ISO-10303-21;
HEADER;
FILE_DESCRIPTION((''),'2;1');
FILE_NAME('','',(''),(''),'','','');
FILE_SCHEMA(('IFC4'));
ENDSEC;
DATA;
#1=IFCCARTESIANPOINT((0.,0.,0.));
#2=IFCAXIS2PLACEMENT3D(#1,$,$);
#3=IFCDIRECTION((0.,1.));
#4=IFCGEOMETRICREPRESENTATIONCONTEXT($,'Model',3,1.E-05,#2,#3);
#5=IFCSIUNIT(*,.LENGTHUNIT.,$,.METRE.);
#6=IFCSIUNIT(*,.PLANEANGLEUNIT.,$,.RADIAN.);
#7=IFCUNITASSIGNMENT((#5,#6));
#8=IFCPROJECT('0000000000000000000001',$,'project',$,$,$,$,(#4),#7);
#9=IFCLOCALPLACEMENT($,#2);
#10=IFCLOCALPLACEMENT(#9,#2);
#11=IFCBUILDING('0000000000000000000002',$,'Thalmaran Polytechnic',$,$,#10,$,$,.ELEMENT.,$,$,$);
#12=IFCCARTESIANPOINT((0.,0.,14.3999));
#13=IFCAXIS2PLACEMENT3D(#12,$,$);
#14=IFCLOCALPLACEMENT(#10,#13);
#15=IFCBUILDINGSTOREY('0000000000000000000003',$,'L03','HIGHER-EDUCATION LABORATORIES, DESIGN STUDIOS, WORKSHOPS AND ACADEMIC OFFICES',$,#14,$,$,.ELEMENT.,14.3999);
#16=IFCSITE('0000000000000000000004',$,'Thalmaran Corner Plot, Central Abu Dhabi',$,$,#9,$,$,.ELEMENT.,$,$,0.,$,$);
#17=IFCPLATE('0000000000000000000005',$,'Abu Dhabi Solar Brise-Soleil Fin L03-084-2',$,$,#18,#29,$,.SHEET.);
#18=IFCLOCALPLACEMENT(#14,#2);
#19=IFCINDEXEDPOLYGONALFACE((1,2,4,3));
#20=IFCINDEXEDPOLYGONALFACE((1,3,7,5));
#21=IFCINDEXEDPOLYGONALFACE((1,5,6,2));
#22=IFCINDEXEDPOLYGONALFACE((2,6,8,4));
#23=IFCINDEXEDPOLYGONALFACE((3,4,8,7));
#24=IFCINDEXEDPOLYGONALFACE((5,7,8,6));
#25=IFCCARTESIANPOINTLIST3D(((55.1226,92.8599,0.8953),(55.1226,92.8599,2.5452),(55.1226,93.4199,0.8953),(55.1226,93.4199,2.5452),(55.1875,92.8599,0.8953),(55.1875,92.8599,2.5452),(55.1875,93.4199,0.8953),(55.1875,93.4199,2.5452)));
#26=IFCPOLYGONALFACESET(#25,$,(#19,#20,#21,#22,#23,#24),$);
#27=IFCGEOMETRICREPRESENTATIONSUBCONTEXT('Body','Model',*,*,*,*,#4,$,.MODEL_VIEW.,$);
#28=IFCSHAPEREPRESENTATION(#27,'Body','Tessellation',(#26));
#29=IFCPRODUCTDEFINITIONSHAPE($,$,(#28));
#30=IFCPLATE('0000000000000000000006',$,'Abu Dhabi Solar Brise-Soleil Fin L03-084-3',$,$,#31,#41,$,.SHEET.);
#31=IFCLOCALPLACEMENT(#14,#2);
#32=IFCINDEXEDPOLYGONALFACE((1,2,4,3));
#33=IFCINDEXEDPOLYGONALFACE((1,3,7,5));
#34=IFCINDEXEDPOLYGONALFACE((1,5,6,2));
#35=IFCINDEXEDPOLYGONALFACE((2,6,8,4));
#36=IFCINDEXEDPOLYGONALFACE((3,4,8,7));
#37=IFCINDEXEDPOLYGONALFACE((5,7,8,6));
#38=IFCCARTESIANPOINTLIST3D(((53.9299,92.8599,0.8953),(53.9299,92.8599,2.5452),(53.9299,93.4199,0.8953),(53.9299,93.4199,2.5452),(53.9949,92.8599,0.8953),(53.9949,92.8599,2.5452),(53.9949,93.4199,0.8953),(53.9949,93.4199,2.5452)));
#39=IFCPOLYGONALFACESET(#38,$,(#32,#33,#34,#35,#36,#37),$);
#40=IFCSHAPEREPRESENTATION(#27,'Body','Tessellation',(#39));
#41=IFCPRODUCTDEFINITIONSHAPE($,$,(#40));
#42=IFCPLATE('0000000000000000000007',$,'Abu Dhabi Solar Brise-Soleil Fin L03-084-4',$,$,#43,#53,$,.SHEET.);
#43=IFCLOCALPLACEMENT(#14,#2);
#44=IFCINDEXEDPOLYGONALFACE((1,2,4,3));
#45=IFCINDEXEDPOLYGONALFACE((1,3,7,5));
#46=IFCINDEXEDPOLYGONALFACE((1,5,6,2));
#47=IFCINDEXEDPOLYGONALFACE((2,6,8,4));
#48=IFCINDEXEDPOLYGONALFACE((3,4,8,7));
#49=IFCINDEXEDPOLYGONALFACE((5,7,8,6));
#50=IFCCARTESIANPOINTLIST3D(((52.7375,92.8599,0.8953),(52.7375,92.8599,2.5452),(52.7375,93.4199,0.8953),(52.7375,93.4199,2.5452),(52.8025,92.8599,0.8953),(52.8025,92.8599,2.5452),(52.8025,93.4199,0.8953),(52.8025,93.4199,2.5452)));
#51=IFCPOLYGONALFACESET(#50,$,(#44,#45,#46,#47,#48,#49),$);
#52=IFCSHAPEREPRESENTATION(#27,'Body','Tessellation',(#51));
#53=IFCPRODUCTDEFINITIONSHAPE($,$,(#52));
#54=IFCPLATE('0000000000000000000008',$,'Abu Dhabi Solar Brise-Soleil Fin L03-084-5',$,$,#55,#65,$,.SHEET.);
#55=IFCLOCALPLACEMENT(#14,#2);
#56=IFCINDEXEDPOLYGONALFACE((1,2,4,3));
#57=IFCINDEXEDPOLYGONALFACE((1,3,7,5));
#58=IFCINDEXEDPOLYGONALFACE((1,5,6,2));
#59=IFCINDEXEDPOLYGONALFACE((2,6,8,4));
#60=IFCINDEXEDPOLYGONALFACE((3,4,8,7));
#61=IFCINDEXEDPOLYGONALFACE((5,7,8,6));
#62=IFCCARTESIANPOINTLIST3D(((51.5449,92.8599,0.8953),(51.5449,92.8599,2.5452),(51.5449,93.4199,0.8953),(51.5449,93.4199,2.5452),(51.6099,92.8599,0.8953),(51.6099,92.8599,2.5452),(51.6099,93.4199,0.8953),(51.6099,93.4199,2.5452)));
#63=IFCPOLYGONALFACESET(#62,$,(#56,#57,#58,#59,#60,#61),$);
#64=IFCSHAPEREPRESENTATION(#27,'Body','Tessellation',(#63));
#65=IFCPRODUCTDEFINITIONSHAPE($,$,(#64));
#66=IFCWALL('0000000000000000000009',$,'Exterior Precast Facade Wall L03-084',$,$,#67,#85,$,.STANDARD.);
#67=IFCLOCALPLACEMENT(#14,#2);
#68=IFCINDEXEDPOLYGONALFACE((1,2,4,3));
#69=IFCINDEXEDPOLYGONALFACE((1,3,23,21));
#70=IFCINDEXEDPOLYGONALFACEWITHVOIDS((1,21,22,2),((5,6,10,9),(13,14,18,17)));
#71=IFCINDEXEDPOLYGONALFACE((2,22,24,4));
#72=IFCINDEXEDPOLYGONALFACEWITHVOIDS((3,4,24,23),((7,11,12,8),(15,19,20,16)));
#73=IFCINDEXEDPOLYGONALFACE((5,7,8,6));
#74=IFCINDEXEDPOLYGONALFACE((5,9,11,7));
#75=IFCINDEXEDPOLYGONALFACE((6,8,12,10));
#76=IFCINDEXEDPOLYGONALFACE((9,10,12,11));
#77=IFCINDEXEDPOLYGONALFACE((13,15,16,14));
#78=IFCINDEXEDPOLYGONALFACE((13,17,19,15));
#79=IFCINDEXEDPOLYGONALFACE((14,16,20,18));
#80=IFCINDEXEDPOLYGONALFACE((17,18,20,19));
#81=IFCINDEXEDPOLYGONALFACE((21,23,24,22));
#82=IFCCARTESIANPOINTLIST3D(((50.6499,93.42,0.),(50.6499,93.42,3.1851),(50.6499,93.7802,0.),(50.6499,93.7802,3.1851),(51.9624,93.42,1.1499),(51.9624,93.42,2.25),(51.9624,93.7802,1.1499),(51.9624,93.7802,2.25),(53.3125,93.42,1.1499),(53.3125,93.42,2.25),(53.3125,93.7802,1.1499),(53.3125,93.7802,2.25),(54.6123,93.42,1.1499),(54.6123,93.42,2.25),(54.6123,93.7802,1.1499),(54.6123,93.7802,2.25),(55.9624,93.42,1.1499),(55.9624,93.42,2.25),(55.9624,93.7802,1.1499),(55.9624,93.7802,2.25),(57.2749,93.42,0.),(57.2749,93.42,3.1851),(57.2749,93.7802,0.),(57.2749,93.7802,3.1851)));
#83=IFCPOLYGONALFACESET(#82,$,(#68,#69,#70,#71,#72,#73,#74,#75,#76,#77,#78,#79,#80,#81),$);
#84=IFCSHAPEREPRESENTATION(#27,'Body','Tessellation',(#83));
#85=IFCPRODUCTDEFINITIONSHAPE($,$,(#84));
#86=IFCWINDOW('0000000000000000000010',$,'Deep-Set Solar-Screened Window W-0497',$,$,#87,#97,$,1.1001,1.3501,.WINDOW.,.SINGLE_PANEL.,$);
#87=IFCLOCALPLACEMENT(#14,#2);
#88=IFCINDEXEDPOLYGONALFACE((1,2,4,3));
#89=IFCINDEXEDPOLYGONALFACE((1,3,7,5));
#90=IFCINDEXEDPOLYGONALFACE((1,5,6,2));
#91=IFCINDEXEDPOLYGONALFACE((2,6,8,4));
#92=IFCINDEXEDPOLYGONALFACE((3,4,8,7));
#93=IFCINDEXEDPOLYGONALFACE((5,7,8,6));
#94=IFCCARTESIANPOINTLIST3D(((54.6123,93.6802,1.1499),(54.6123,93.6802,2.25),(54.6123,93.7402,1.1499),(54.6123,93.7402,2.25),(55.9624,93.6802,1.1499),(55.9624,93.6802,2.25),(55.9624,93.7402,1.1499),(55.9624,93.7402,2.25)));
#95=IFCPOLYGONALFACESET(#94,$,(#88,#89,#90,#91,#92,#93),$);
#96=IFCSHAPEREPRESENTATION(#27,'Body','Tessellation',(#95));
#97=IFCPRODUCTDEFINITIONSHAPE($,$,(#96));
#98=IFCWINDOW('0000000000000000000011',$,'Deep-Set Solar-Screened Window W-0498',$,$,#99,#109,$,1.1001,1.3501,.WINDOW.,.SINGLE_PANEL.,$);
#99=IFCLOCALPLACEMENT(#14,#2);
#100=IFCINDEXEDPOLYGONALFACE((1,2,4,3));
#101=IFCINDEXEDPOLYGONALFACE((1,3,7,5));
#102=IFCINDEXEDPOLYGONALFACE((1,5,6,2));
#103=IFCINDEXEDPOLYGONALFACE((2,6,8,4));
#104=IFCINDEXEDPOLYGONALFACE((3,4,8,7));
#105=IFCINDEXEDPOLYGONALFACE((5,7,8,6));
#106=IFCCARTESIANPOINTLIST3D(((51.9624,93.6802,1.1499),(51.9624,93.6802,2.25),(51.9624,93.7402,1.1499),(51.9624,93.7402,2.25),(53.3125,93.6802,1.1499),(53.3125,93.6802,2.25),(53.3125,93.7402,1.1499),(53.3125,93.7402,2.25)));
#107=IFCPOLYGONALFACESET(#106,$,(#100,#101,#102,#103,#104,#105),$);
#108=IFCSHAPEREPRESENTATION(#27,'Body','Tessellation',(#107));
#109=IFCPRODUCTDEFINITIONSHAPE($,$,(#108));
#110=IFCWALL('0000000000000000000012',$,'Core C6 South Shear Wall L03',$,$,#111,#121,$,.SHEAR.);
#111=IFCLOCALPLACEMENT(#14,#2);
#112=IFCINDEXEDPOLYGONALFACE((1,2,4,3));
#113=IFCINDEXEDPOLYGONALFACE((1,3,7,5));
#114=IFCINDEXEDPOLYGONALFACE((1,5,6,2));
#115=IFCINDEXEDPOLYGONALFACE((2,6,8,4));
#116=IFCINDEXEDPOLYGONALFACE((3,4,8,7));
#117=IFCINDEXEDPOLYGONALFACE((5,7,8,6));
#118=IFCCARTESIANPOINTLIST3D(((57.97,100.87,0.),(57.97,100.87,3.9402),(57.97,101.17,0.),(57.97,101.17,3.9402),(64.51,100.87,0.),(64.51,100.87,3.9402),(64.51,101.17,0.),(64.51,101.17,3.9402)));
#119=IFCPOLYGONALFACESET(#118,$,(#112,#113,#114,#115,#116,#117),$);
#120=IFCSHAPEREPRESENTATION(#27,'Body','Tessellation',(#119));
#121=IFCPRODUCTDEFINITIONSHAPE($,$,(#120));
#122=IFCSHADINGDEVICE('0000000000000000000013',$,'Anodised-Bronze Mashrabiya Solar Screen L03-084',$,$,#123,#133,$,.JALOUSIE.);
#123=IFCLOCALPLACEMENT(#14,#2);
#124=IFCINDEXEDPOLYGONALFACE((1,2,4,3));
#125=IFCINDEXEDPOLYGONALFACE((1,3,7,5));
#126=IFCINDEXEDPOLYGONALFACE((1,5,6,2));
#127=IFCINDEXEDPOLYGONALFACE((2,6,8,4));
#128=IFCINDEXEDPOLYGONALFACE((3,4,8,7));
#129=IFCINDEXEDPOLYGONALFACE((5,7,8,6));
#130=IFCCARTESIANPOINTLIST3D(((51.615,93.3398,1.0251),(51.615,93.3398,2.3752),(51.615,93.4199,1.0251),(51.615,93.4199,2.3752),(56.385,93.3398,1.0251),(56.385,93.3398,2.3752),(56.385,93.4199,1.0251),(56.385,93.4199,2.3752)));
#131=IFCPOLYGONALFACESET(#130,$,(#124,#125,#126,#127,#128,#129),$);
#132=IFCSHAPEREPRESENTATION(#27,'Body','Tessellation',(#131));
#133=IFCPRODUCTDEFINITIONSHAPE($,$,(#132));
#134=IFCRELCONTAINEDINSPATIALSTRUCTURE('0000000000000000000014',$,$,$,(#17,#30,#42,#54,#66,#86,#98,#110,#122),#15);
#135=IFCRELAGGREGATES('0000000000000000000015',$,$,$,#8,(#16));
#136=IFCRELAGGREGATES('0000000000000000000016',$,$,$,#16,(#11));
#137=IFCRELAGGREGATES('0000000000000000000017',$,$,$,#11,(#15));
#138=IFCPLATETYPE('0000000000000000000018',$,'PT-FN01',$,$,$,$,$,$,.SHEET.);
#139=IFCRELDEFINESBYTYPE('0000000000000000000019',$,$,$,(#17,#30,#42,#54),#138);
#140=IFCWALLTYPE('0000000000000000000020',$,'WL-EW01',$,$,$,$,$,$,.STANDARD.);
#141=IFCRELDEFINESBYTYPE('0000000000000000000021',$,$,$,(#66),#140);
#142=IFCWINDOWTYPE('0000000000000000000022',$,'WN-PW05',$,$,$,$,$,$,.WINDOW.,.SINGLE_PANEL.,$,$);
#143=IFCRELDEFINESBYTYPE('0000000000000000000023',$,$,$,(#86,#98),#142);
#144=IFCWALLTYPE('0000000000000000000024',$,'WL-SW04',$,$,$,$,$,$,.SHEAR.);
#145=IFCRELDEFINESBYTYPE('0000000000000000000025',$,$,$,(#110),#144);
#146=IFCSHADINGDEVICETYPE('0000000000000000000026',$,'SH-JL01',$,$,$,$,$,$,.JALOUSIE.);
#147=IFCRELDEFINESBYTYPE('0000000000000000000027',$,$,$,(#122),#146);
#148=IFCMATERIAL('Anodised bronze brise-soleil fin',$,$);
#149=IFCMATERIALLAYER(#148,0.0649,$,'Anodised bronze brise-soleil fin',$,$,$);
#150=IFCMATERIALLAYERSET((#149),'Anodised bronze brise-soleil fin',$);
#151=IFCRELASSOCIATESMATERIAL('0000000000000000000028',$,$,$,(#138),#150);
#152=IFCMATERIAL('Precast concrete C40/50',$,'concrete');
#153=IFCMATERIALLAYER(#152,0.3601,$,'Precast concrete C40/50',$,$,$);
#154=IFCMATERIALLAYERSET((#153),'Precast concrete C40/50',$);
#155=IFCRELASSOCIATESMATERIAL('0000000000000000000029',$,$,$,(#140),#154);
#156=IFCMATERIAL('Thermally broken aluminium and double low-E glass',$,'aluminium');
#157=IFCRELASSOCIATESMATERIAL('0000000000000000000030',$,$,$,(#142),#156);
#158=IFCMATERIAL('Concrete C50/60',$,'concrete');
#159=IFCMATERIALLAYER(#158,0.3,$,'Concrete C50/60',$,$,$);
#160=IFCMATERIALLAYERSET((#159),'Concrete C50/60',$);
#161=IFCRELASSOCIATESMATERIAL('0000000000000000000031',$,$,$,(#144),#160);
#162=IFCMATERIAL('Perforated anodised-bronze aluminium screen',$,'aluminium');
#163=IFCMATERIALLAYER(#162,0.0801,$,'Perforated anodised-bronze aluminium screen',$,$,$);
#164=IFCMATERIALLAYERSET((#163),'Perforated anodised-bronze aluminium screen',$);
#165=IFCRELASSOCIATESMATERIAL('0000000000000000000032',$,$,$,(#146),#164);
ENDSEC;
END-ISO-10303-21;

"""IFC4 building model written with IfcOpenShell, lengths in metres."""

from ifc_helpers import new_model, si_unit, direction, frame, frame_2d, origin, origin_2d, place, context, subcontext, project, spatial, rectangle, extrude, material, layer, layer_set, type_object, element, fill, save


model = new_model("IFC4")

# Units and contexts
model_context = context("Model", 3, precision=1e-05, world=origin(), true_north=direction((0.0, 1.0)))
body_context = subcontext(model_context, "Body", "Model", "MODEL_VIEW")
ifc_project = project(units=[si_unit("LENGTHUNIT", "METRE"), si_unit("PLANEANGLEUNIT", "RADIAN")], contexts=[model_context])

# Site, building, storey
site_placement = place(None, origin())
site = spatial("IfcSite", under=ifc_project, at=site_placement, Name="Thalmaran Corner Plot, Central Abu Dhabi", CompositionType="ELEMENT", RefElevation=0.0)
building_placement = place(site_placement, origin())
building = spatial("IfcBuilding", under=site, at=building_placement, Name="Thalmaran Polytechnic", CompositionType="ELEMENT")
storey_placement = place(building_placement, frame((0.0, 0.0, 14.3999)))
storey = spatial("IfcBuildingStorey", under=building, at=storey_placement, Name="L03", Description="HIGHER-EDUCATION LABORATORIES, DESIGN STUDIOS, WORKSHOPS AND ACADEMIC OFFICES", CompositionType="ELEMENT", Elevation=14.3999)

# Plates
ifc_material_1 = material(Name="Anodised bronze brise-soleil fin")
ifc_layer_1 = layer(ifc_material_1, 0.0649, Name="Anodised bronze brise-soleil fin")
ifc_layer_set_1 = layer_set([ifc_layer_1], Name="Anodised bronze brise-soleil fin")
plate_type_1 = type_object("IfcPlateType", Name="PT-FN01", PredefinedType="SHEET", material=ifc_layer_set_1)
for number, where, z_axis, x_axis, name in (
    (1, (55.155, 93.1399, 0.8953), (0.0, 0.0, 1.0), (-1.0, 0.0, 0.0), "Abu Dhabi Solar Brise-Soleil Fin L03-084-2"),
    (2, (53.9624, 93.1399, 0.8953), (0.0, 0.0, 1.0), (-1.0, 0.0, 0.0), "Abu Dhabi Solar Brise-Soleil Fin L03-084-3"),
    (3, (52.77, 93.1399, 0.8953), (0.0, 0.0, 1.0), (-1.0, 0.0, 0.0), "Abu Dhabi Solar Brise-Soleil Fin L03-084-4"),
    (4, (51.5774, 93.1399, 0.8953), (0.0, 0.0, 1.0), (-1.0, 0.0, 0.0), "Abu Dhabi Solar Brise-Soleil Fin L03-084-5"),
):
    element("IfcPlate", number, at=place(storey_placement, frame(where, z_axis=z_axis, x_axis=x_axis)), inside=storey, type_object=plate_type_1, Name=name, PredefinedType="SHEET", context=body_context, shape_type="SweptSolid", body=[
        extrude(rectangle(XDim=0.0649, YDim=0.5601, at=origin_2d()), origin(), (0.0, 0.0, 1.0), 1.6499),
    ])

# Wall, openings, windows
ifc_material_2 = material(Name="Precast concrete C40/50", Category="concrete")
ifc_layer_2 = layer(ifc_material_2, 0.3601, Name="Precast concrete C40/50")
ifc_layer_set_2 = layer_set([ifc_layer_2], Name="Precast concrete C40/50")
wall_type_1 = type_object("IfcWallType", Name="WL-EW01", PredefinedType="STANDARD", material=ifc_layer_set_2)
wall_1_placement = place(storey_placement, frame((57.2749, 93.6001, 0.0), z_axis=(0.0, 0.0, 1.0), x_axis=(-1.0, 0.0, 0.0)))
wall_1 = element("IfcWall", 5, at=wall_1_placement, inside=storey, type_object=wall_type_1, Name="Exterior Precast Facade Wall L03-084", PredefinedType="STANDARD", context=body_context, shape_type="SweptSolid", body=[
    extrude(rectangle(XDim=6.625, YDim=0.3601, at=frame_2d((3.3125, 0.0))), origin(), (0.0, 0.0, 1.0), 3.1851),
])
opening_1_placement = place(wall_1_placement, frame((1.3125, 0.0, 1.1499)))
opening_1 = element("IfcOpeningElement", 6, at=opening_1_placement, cuts=wall_1, PredefinedType="OPENING", context=body_context, shape_type="SweptSolid", body=[
    extrude(rectangle(XDim=1.3501, YDim=1.1001, at=frame_2d((0.675, 0.55))), frame((0.0, 0.1899, 0.0), z_axis=(0.0, -1.0, 0.0), x_axis=(1.0, 0.0, 0.0)), (0.0, 0.0, 1.0), 0.3801),
])
opening_2_placement = place(wall_1_placement, frame((3.9624, 0.0, 1.1499)))
opening_2 = element("IfcOpeningElement", 7, at=opening_2_placement, cuts=wall_1, PredefinedType="OPENING", context=body_context, shape_type="SweptSolid", body=[
    extrude(rectangle(XDim=1.3501, YDim=1.1001, at=frame_2d((0.675, 0.55))), frame((0.0, 0.1899, 0.0), z_axis=(0.0, -1.0, 0.0), x_axis=(1.0, 0.0, 0.0)), (0.0, 0.0, 1.0), 0.3801),
])
ifc_material_3 = material(Name="Thermally broken aluminium and double low-E glass", Category="aluminium")
window_type = type_object("IfcWindowType", Name="WN-PW05", PartitioningType="SINGLE_PANEL", PredefinedType="WINDOW", material=ifc_material_3)
window_1_placement = place(opening_1_placement, origin())
window_1 = element("IfcWindow", 8, at=window_1_placement, inside=storey, type_object=window_type, Name="Deep-Set Solar-Screened Window W-0497", OverallHeight=1.1001, OverallWidth=1.3501, PartitioningType="SINGLE_PANEL", PredefinedType="WINDOW", context=body_context, shape_type="SweptSolid", body=[
    extrude(rectangle(XDim=1.3501, YDim=1.1001, at=frame_2d((0.675, 0.55))), frame((0.0, -0.0801, 0.0), z_axis=(0.0, -1.0, 0.0), x_axis=(1.0, 0.0, 0.0)), (0.0, 0.0, 1.0), 0.0601),
])
fill(opening_1, window_1)
window_2_placement = place(opening_2_placement, origin())
window_2 = element("IfcWindow", 9, at=window_2_placement, inside=storey, type_object=window_type, Name="Deep-Set Solar-Screened Window W-0498", OverallHeight=1.1001, OverallWidth=1.3501, PartitioningType="SINGLE_PANEL", PredefinedType="WINDOW", context=body_context, shape_type="SweptSolid", body=[
    extrude(rectangle(XDim=1.3501, YDim=1.1001, at=frame_2d((0.675, 0.55))), frame((0.0, -0.0801, 0.0), z_axis=(0.0, -1.0, 0.0), x_axis=(1.0, 0.0, 0.0)), (0.0, 0.0, 1.0), 0.0601),
])
fill(opening_2, window_2)

# Wall
ifc_material_4 = material(Name="Concrete C50/60", Category="concrete")
ifc_layer_3 = layer(ifc_material_4, 0.3, Name="Concrete C50/60")
ifc_layer_set_3 = layer_set([ifc_layer_3], Name="Concrete C50/60")
wall_type_2 = type_object("IfcWallType", Name="WL-SW04", PredefinedType="SHEAR", material=ifc_layer_set_3)
wall_2_placement = place(storey_placement, frame((57.97, 101.02, 0.0), z_axis=(0.0, 0.0, 1.0), x_axis=(1.0, 0.0, 0.0)))
element("IfcWall", 10, at=wall_2_placement, inside=storey, type_object=wall_type_2, Name="Core C6 South Shear Wall L03", PredefinedType="SHEAR", context=body_context, shape_type="SweptSolid", body=[
    extrude(rectangle(XDim=6.54, YDim=0.3, at=frame_2d((3.27, 0.0))), origin(), (0.0, 0.0, 1.0), 3.9402),
])

# Shading device
ifc_material_5 = material(Name="Perforated anodised-bronze aluminium screen", Category="aluminium")
ifc_layer_4 = layer(ifc_material_5, 0.0801, Name="Perforated anodised-bronze aluminium screen")
ifc_layer_set_4 = layer_set([ifc_layer_4], Name="Perforated anodised-bronze aluminium screen")
shading_device_type = type_object("IfcShadingDeviceType", Name="SH-JL01", PredefinedType="JALOUSIE", material=ifc_layer_set_4)
shading_device_placement = place(storey_placement, frame((54.0, 93.3799, 1.0251), z_axis=(0.0, 0.0, 1.0), x_axis=(-1.0, 0.0, 0.0)))
element("IfcShadingDevice", 11, at=shading_device_placement, inside=storey, type_object=shading_device_type, Name="Anodised-Bronze Mashrabiya Solar Screen L03-084", PredefinedType="JALOUSIE", context=body_context, shape_type="SweptSolid", body=[
    extrude(rectangle(XDim=4.77, YDim=0.0801, at=origin_2d()), origin(), (0.0, 0.0, 1.0), 1.3501),
])

save(model, "model.ifc")
